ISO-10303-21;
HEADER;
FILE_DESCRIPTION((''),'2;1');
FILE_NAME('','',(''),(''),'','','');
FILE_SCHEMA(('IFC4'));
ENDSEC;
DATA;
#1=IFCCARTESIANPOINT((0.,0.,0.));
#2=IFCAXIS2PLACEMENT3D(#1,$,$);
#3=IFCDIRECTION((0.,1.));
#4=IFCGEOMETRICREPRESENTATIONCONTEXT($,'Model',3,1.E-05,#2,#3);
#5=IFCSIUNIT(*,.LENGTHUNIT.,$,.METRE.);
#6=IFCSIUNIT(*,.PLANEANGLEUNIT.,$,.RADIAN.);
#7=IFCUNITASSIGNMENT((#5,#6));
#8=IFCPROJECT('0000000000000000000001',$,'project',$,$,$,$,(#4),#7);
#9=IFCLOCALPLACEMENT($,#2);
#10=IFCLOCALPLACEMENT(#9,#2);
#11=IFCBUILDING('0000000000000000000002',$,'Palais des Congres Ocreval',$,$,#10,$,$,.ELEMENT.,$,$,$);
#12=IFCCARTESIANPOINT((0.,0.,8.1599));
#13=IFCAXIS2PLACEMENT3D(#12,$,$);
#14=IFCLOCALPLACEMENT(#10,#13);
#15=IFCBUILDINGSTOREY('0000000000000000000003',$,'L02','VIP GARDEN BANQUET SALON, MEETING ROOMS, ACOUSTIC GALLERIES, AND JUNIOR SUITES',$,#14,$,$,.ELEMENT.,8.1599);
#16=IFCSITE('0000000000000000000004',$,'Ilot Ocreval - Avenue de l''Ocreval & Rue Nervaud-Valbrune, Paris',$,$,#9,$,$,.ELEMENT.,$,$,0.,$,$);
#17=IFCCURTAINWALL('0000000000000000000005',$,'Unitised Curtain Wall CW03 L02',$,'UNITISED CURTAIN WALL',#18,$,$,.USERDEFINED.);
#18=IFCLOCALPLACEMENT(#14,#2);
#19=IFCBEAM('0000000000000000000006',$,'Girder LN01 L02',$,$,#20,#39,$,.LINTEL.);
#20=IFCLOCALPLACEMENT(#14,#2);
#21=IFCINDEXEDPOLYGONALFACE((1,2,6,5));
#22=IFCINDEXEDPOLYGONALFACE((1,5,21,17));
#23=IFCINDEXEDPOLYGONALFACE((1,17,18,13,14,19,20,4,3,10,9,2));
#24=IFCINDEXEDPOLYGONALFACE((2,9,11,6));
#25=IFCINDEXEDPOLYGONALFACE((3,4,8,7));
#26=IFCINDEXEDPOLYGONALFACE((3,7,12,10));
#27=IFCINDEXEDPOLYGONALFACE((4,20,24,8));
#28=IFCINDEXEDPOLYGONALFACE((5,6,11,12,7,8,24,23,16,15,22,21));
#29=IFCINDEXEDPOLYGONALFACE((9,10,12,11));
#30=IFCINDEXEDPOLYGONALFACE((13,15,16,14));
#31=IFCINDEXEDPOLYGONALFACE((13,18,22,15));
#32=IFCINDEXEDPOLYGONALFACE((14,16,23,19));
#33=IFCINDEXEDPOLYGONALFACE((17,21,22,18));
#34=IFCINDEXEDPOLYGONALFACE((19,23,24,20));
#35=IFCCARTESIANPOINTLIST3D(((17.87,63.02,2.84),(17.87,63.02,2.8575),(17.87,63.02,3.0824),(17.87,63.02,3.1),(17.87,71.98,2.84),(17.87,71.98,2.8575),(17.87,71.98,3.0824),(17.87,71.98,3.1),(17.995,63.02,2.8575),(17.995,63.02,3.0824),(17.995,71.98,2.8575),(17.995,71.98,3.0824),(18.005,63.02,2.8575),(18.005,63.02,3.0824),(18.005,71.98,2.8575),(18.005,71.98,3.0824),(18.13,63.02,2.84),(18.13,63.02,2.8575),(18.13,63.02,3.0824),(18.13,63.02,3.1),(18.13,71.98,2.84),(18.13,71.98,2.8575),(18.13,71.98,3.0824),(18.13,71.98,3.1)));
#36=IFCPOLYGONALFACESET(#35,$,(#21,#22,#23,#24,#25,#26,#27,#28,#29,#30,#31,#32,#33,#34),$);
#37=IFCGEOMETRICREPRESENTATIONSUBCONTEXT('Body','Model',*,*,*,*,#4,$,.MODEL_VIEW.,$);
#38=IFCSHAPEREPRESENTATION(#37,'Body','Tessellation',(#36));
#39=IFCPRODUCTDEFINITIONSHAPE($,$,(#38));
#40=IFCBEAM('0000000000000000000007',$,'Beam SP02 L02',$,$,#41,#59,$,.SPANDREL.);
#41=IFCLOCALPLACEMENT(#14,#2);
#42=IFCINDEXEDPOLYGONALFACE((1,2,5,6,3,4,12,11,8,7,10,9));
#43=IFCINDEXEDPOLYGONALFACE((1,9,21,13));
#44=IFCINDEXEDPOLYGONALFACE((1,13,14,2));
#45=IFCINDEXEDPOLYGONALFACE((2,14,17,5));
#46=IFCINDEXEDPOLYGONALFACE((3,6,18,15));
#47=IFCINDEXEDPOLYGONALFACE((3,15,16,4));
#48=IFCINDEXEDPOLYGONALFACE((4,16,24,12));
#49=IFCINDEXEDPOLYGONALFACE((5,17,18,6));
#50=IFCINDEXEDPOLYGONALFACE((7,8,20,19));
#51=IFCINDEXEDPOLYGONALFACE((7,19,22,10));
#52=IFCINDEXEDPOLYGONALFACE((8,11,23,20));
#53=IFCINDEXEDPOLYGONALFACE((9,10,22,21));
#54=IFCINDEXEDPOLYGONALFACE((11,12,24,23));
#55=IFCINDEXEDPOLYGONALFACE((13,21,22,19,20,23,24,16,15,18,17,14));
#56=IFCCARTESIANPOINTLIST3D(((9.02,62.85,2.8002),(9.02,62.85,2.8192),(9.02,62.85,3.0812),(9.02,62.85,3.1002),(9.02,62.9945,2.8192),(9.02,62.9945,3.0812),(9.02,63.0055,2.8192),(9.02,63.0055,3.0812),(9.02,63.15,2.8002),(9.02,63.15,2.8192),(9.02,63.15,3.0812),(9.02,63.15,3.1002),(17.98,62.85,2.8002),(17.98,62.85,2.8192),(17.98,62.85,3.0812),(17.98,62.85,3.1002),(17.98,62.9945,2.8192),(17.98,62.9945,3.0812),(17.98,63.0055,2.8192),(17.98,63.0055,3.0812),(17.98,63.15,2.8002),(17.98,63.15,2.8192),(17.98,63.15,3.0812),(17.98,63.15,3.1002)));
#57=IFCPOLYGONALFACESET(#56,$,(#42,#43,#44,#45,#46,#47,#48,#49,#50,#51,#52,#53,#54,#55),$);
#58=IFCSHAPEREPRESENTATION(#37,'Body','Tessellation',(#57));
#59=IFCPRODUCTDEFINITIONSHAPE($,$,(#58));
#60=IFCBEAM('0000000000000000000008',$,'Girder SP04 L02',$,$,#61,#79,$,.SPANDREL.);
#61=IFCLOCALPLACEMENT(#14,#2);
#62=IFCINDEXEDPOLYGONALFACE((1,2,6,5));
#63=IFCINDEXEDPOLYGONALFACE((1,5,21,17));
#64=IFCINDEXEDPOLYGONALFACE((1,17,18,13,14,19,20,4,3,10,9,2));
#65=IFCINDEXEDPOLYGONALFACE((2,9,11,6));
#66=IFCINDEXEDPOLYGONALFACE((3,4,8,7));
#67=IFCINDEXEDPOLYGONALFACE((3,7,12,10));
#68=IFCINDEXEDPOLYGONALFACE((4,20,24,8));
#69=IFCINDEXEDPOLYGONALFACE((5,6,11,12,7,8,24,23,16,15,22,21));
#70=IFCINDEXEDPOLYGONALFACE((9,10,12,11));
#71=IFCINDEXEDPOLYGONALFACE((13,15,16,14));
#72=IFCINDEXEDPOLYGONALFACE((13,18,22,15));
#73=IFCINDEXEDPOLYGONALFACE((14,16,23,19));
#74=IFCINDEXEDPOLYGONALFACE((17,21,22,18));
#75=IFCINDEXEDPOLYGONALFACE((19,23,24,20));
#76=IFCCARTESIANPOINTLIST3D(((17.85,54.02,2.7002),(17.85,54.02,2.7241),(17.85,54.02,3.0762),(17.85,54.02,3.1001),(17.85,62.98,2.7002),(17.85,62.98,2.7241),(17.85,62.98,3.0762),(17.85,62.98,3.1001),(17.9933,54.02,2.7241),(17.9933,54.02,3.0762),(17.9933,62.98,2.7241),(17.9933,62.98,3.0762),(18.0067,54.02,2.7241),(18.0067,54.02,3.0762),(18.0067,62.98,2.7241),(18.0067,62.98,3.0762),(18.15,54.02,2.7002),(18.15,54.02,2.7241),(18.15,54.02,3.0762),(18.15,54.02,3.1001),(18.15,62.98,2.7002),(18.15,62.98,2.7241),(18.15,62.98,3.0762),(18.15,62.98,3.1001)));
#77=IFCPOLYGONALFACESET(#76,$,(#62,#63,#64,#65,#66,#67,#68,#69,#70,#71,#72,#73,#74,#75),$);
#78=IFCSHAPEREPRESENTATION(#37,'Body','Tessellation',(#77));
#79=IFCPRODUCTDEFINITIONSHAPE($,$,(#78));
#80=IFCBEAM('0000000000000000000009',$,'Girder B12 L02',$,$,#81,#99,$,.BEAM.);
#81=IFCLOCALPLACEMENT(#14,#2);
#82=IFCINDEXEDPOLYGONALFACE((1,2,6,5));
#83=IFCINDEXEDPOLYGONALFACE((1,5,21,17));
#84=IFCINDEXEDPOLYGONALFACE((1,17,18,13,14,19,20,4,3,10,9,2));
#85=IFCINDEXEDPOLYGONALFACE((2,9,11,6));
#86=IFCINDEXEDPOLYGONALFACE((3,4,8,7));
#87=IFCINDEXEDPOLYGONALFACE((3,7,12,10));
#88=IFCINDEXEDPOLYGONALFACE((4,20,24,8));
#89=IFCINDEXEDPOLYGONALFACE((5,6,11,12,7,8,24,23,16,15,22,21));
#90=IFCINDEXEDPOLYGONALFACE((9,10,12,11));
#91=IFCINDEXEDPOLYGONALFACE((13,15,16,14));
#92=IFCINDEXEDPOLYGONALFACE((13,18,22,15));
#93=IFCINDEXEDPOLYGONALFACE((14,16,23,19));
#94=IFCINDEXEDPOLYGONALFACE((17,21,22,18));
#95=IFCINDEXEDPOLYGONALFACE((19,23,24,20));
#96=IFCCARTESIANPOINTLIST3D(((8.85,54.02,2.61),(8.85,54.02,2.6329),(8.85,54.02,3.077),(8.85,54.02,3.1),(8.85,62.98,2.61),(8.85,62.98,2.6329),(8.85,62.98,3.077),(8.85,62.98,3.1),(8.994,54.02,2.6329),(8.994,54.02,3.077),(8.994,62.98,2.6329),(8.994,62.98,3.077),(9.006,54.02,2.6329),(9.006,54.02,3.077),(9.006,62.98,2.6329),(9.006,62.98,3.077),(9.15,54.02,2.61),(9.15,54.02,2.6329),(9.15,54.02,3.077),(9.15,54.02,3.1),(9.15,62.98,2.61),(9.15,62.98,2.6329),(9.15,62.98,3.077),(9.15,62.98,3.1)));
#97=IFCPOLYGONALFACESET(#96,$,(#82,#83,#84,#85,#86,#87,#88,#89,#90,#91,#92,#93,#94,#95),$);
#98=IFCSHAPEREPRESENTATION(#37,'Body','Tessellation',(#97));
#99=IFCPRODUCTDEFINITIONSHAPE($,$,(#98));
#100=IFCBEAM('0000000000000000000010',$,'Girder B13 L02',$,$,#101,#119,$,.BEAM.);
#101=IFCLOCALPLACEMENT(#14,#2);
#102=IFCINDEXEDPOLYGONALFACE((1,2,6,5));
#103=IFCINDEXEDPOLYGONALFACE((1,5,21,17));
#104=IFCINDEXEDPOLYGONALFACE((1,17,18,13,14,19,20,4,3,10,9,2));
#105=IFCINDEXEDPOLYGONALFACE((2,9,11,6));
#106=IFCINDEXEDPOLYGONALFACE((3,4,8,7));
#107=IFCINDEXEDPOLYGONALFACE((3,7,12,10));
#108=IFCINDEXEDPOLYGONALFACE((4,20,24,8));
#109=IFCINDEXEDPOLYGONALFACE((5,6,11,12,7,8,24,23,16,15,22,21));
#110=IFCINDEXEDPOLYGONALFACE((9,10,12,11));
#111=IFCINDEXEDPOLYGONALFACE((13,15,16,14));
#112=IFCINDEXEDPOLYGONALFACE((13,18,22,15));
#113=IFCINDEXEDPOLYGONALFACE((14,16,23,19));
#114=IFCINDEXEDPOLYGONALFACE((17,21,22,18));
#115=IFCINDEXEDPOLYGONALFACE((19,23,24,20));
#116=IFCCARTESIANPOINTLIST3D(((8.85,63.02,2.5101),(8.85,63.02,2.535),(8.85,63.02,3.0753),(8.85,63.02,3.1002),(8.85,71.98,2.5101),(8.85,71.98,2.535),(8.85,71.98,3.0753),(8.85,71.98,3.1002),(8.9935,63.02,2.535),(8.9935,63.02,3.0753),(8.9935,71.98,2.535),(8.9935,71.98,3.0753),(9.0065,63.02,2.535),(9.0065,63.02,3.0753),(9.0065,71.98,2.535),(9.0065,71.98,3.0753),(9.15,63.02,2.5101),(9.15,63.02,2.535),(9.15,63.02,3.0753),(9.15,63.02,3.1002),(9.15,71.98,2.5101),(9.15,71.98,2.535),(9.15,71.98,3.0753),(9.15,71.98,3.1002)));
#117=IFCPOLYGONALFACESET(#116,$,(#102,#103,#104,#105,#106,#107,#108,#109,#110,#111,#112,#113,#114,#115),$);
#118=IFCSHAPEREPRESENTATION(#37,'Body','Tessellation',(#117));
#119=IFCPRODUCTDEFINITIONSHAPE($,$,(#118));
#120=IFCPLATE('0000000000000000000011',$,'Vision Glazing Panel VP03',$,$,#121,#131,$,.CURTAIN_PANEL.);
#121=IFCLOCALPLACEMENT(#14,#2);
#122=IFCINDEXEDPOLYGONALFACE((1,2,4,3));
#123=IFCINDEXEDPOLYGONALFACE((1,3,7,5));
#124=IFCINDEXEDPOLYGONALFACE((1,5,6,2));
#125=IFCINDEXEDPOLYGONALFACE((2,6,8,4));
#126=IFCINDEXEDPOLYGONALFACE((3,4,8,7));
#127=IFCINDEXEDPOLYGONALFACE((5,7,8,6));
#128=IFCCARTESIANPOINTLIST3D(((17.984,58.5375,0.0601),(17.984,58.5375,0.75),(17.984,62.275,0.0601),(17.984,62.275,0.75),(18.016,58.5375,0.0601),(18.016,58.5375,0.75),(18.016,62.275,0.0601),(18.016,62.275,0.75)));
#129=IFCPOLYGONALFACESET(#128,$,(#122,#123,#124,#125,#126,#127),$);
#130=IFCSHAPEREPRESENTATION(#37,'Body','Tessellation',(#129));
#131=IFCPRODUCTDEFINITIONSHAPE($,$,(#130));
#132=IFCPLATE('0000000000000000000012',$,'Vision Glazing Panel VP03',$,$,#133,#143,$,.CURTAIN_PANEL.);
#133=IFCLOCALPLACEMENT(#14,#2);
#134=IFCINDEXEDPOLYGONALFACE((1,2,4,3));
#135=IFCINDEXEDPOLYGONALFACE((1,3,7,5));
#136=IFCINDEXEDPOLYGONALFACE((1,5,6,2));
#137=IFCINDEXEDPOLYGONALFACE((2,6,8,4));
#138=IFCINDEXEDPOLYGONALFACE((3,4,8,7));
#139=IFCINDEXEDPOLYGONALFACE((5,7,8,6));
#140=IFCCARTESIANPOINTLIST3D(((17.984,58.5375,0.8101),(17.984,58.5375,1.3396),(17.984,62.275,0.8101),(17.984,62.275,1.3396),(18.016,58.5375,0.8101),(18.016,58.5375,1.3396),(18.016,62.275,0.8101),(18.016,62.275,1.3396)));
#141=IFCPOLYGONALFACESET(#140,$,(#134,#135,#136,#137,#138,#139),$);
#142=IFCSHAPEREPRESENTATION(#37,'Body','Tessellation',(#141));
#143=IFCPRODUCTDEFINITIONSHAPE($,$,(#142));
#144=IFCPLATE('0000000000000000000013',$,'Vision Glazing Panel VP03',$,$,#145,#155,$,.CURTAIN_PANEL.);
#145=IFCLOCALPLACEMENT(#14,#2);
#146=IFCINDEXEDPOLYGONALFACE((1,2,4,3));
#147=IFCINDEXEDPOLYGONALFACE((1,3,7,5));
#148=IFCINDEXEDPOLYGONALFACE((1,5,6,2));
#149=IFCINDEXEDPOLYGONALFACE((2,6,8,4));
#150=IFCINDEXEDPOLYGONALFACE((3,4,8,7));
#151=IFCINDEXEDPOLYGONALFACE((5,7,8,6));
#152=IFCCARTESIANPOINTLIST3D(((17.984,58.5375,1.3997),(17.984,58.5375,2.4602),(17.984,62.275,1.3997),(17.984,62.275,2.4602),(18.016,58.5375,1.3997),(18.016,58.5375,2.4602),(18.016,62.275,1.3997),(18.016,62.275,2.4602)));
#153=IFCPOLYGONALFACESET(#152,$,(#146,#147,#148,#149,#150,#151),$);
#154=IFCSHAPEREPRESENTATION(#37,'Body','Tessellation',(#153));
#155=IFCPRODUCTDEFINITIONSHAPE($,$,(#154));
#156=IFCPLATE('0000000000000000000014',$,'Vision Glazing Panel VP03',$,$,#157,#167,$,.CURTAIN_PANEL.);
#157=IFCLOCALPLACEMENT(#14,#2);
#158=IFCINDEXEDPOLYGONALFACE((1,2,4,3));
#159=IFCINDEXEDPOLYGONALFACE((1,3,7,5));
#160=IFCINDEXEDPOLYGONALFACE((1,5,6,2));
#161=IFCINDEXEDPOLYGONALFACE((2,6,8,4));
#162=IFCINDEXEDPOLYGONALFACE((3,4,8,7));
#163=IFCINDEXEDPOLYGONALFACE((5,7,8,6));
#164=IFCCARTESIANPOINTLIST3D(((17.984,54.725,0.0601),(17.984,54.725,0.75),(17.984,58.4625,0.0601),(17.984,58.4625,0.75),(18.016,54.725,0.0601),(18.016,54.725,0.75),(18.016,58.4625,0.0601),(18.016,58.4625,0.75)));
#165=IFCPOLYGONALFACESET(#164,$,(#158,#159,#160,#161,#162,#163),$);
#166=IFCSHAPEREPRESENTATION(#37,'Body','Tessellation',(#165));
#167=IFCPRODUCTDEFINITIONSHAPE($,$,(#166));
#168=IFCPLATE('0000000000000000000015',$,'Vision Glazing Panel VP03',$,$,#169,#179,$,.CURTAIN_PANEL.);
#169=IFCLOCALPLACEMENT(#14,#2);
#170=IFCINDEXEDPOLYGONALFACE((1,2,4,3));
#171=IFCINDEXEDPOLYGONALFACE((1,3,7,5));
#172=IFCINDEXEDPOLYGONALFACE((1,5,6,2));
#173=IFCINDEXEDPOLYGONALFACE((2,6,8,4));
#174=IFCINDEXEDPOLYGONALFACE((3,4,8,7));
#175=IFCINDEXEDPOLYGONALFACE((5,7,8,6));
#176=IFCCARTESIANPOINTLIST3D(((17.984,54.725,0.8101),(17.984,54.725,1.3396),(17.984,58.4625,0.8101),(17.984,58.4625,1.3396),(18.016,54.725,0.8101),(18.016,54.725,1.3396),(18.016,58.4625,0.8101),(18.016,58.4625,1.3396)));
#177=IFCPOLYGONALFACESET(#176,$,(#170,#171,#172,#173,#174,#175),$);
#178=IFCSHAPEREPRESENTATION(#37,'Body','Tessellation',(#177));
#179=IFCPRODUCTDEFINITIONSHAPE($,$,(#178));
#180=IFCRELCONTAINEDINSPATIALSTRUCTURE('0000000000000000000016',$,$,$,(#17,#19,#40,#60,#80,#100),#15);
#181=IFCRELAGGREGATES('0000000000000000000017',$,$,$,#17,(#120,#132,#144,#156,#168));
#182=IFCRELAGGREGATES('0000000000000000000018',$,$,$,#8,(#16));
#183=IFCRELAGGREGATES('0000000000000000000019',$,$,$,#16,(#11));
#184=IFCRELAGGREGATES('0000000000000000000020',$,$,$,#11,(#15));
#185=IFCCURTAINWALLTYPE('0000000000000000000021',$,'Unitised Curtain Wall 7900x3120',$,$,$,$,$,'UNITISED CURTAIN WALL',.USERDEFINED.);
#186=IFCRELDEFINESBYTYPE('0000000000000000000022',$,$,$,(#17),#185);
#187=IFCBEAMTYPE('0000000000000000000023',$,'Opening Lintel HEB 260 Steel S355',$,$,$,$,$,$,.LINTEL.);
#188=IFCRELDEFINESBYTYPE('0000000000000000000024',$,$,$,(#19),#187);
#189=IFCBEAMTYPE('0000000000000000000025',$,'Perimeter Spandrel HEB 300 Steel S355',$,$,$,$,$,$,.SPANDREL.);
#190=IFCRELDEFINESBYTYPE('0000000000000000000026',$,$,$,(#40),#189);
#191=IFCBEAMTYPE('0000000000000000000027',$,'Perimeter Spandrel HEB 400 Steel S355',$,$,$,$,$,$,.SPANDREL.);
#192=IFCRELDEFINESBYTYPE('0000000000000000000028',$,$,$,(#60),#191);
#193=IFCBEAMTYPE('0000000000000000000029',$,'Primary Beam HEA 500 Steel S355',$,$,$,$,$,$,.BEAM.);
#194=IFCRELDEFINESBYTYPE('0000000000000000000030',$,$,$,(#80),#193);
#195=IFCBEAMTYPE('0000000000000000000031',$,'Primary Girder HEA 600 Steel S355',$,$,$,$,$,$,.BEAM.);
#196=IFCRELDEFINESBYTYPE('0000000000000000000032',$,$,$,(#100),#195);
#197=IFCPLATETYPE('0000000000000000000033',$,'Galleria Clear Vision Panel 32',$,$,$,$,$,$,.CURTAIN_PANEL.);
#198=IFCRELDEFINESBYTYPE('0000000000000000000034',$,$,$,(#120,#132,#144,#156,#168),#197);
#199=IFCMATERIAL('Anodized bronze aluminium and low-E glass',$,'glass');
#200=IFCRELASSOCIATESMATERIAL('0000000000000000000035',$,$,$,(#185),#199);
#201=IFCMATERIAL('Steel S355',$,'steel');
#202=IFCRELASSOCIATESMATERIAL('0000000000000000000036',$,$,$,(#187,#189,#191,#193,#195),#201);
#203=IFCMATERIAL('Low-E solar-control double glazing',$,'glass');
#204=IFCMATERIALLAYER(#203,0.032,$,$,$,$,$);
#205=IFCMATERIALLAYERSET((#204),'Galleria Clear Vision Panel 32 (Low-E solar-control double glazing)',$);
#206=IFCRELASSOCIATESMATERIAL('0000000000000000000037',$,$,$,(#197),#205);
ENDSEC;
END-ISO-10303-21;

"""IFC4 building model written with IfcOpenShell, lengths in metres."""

from ifc_helpers import new_model, si_unit, direction, frame, origin, origin_2d, place, context, subcontext, project, spatial, rectangle, i_section, extrude, material, layer, layer_set, material_profile, profile_set, type_object, element, aggregate, save


model = new_model("IFC4")

# Units and contexts
model_context = context("Model", 3, precision=1e-05, world=origin(), true_north=direction((0.0, 1.0)))
body_context = subcontext(model_context, "Body", "Model", "MODEL_VIEW")
ifc_project = project(units=[si_unit("LENGTHUNIT", "METRE"), si_unit("PLANEANGLEUNIT", "RADIAN")], contexts=[model_context])

# Site, building, storey
site_placement = place(None, origin())
site = spatial("IfcSite", under=ifc_project, at=site_placement, Name="Ilot Ocreval - Avenue de l'Ocreval & Rue Nervaud-Valbrune, Paris", CompositionType="ELEMENT", RefElevation=0.0)
building_placement = place(site_placement, origin())
building = spatial("IfcBuilding", under=site, at=building_placement, Name="Palais des Congres Ocreval", CompositionType="ELEMENT")
storey_placement = place(building_placement, frame((0.0, 0.0, 8.1599)))
storey = spatial("IfcBuildingStorey", under=building, at=storey_placement, Name="L02", Description="VIP GARDEN BANQUET SALON, MEETING ROOMS, ACOUSTIC GALLERIES, AND JUNIOR SUITES", CompositionType="ELEMENT", Elevation=8.1599)

# Curtain wall
ifc_material_1 = material(Name="Anodized bronze aluminium and low-E glass", Category="glass")
curtain_wall_type = type_object("IfcCurtainWallType", Name="Unitised Curtain Wall 7900x3120", ElementType="UNITISED CURTAIN WALL", PredefinedType="USERDEFINED", material=ifc_material_1)
curtain_wall_placement = place(storey_placement, origin())
curtain_wall = element("IfcCurtainWall", 1, at=curtain_wall_placement, inside=storey, type_object=curtain_wall_type, Name="Unitised Curtain Wall CW03 L02", ObjectType="UNITISED CURTAIN WALL", PredefinedType="USERDEFINED")

# Beams
ifc_material_2 = material(Name="Steel S355", Category="steel")
ifc_material_profile_1 = material_profile(ifc_material_2, i_section(OverallWidth=0.26, OverallDepth=0.26, WebThickness=0.01, FlangeThickness=0.0176, at=origin_2d()), Name="HEB 260")
ifc_profile_set_1 = profile_set([ifc_material_profile_1], Name="Steel S355")
beam_type_1 = type_object("IfcBeamType", Name="Opening Lintel HEB 260 Steel S355", PredefinedType="LINTEL", material=ifc_profile_set_1)
beam_1_placement = place(storey_placement, frame((18.0, 63.02, 2.97), z_axis=(0.0, 1.0, 0.0), x_axis=(-1.0, 0.0, 0.0)))
element("IfcBeam", 2, at=beam_1_placement, inside=storey, type_object=beam_type_1, Name="Girder LN01 L02", PredefinedType="LINTEL", context=body_context, shape_type="SweptSolid", body=[
    extrude(i_section(OverallWidth=0.26, OverallDepth=0.26, WebThickness=0.01, FlangeThickness=0.0176, at=origin_2d()), origin(), (0.0, 0.0, 1.0), 8.96),
])
ifc_material_profile_2 = material_profile(ifc_material_2, i_section(OverallWidth=0.3, OverallDepth=0.3, WebThickness=0.011, FlangeThickness=0.019, at=origin_2d()), Name="HEB 300")
ifc_profile_set_2 = profile_set([ifc_material_profile_2], Name="Steel S355")
beam_type_2 = type_object("IfcBeamType", Name="Perimeter Spandrel HEB 300 Steel S355", PredefinedType="SPANDREL", material=ifc_profile_set_2)
beam_2_placement = place(storey_placement, frame((9.02, 63.0, 2.9502), z_axis=(1.0, 0.0, 0.0), x_axis=(0.0, 1.0, 0.0)))
element("IfcBeam", 3, at=beam_2_placement, inside=storey, type_object=beam_type_2, Name="Beam SP02 L02", PredefinedType="SPANDREL", context=body_context, shape_type="SweptSolid", body=[
    extrude(i_section(OverallWidth=0.3, OverallDepth=0.3, WebThickness=0.011, FlangeThickness=0.019, at=origin_2d()), origin(), (0.0, 0.0, 1.0), 8.96),
])
ifc_material_profile_3 = material_profile(ifc_material_2, i_section(OverallWidth=0.3, OverallDepth=0.3999, WebThickness=0.0134, FlangeThickness=0.0239, at=origin_2d()), Name="HEB 400")
ifc_profile_set_3 = profile_set([ifc_material_profile_3], Name="Steel S355")
beam_type_3 = type_object("IfcBeamType", Name="Perimeter Spandrel HEB 400 Steel S355", PredefinedType="SPANDREL", material=ifc_profile_set_3)
beam_3_placement = place(storey_placement, frame((18.0, 54.02, 2.9001), z_axis=(0.0, 1.0, 0.0), x_axis=(-1.0, 0.0, 0.0)))
element("IfcBeam", 4, at=beam_3_placement, inside=storey, type_object=beam_type_3, Name="Girder SP04 L02", PredefinedType="SPANDREL", context=body_context, shape_type="SweptSolid", body=[
    extrude(i_section(OverallWidth=0.3, OverallDepth=0.3999, WebThickness=0.0134, FlangeThickness=0.0239, at=origin_2d()), origin(), (0.0, 0.0, 1.0), 8.96),
])
ifc_material_profile_4 = material_profile(ifc_material_2, i_section(OverallWidth=0.3, OverallDepth=0.49, WebThickness=0.012, FlangeThickness=0.0229, at=origin_2d()), Name="HEA 500")
ifc_profile_set_4 = profile_set([ifc_material_profile_4], Name="Steel S355")
beam_type_4 = type_object("IfcBeamType", Name="Primary Beam HEA 500 Steel S355", PredefinedType="BEAM", material=ifc_profile_set_4)
beam_4_placement = place(storey_placement, frame((9.0, 54.02, 2.855), z_axis=(0.0, 1.0, 0.0), x_axis=(-1.0, 0.0, 0.0)))
element("IfcBeam", 5, at=beam_4_placement, inside=storey, type_object=beam_type_4, Name="Girder B12 L02", PredefinedType="BEAM", context=body_context, shape_type="SweptSolid", body=[
    extrude(i_section(OverallWidth=0.3, OverallDepth=0.49, WebThickness=0.012, FlangeThickness=0.0229, at=origin_2d()), origin(), (0.0, 0.0, 1.0), 8.96),
])
ifc_material_profile_5 = material_profile(ifc_material_2, i_section(OverallWidth=0.3, OverallDepth=0.5901, WebThickness=0.0129, FlangeThickness=0.0249, at=origin_2d()), Name="HEA 600")
ifc_profile_set_5 = profile_set([ifc_material_profile_5], Name="Steel S355")
beam_type_5 = type_object("IfcBeamType", Name="Primary Girder HEA 600 Steel S355", PredefinedType="BEAM", material=ifc_profile_set_5)
beam_5_placement = place(storey_placement, frame((9.0, 63.02, 2.8052), z_axis=(0.0, 1.0, 0.0), x_axis=(-1.0, 0.0, 0.0)))
element("IfcBeam", 6, at=beam_5_placement, inside=storey, type_object=beam_type_5, Name="Girder B13 L02", PredefinedType="BEAM", context=body_context, shape_type="SweptSolid", body=[
    extrude(i_section(OverallWidth=0.3, OverallDepth=0.5901, WebThickness=0.0129, FlangeThickness=0.0249, at=origin_2d()), origin(), (0.0, 0.0, 1.0), 8.96),
])

# Plates
ifc_material_3 = material(Name="Low-E solar-control double glazing", Category="glass")
ifc_layer_1 = layer(ifc_material_3, 0.032)
ifc_layer_set_1 = layer_set([ifc_layer_1], Name="Galleria Clear Vision Panel 32 (Low-E solar-control double glazing)")
plate_type_1 = type_object("IfcPlateType", Name="Galleria Clear Vision Panel 32", PredefinedType="CURTAIN_PANEL", material=ifc_layer_set_1)
plate_1_placement = place(storey_placement, frame((18.0, 60.4062, 0.0601), z_axis=(0.0, 0.0, 1.0), x_axis=(0.0, -1.0, 0.0)))
plate_1 = element("IfcPlate", 7, at=plate_1_placement, type_object=plate_type_1, Name="Vision Glazing Panel VP03", PredefinedType="CURTAIN_PANEL", context=body_context, shape_type="SweptSolid", body=[
    extrude(rectangle(XDim=3.7375, YDim=0.032, at=origin_2d()), origin(), (0.0, 0.0, 1.0), 0.6899),
])
plate_2_placement = place(storey_placement, frame((18.0, 60.4062, 0.8101), z_axis=(0.0, 0.0, 1.0), x_axis=(0.0, -1.0, 0.0)))
plate_2 = element("IfcPlate", 8, at=plate_2_placement, type_object=plate_type_1, Name="Vision Glazing Panel VP03", PredefinedType="CURTAIN_PANEL", context=body_context, shape_type="SweptSolid", body=[
    extrude(rectangle(XDim=3.7375, YDim=0.032, at=origin_2d()), origin(), (0.0, 0.0, 1.0), 0.5295),
])
plate_3_placement = place(storey_placement, frame((18.0, 60.4062, 1.3997), z_axis=(0.0, 0.0, 1.0), x_axis=(0.0, -1.0, 0.0)))
plate_3 = element("IfcPlate", 9, at=plate_3_placement, type_object=plate_type_1, Name="Vision Glazing Panel VP03", PredefinedType="CURTAIN_PANEL", context=body_context, shape_type="SweptSolid", body=[
    extrude(rectangle(XDim=3.7375, YDim=0.032, at=origin_2d()), origin(), (0.0, 0.0, 1.0), 1.0605),
])
plate_4_placement = place(storey_placement, frame((18.0, 56.5938, 0.0601), z_axis=(0.0, 0.0, 1.0), x_axis=(0.0, -1.0, 0.0)))
plate_4 = element("IfcPlate", 10, at=plate_4_placement, type_object=plate_type_1, Name="Vision Glazing Panel VP03", PredefinedType="CURTAIN_PANEL", context=body_context, shape_type="SweptSolid", body=[
    extrude(rectangle(XDim=3.7375, YDim=0.032, at=origin_2d()), origin(), (0.0, 0.0, 1.0), 0.6899),
])
plate_5_placement = place(storey_placement, frame((18.0, 56.5938, 0.8101), z_axis=(0.0, 0.0, 1.0), x_axis=(0.0, -1.0, 0.0)))
plate_5 = element("IfcPlate", 11, at=plate_5_placement, type_object=plate_type_1, Name="Vision Glazing Panel VP03", PredefinedType="CURTAIN_PANEL", context=body_context, shape_type="SweptSolid", body=[
    extrude(rectangle(XDim=3.7375, YDim=0.032, at=origin_2d()), origin(), (0.0, 0.0, 1.0), 0.5295),
])
aggregate(curtain_wall, [plate_1, plate_2, plate_3, plate_4, plate_5])

save(model, "model.ifc")
